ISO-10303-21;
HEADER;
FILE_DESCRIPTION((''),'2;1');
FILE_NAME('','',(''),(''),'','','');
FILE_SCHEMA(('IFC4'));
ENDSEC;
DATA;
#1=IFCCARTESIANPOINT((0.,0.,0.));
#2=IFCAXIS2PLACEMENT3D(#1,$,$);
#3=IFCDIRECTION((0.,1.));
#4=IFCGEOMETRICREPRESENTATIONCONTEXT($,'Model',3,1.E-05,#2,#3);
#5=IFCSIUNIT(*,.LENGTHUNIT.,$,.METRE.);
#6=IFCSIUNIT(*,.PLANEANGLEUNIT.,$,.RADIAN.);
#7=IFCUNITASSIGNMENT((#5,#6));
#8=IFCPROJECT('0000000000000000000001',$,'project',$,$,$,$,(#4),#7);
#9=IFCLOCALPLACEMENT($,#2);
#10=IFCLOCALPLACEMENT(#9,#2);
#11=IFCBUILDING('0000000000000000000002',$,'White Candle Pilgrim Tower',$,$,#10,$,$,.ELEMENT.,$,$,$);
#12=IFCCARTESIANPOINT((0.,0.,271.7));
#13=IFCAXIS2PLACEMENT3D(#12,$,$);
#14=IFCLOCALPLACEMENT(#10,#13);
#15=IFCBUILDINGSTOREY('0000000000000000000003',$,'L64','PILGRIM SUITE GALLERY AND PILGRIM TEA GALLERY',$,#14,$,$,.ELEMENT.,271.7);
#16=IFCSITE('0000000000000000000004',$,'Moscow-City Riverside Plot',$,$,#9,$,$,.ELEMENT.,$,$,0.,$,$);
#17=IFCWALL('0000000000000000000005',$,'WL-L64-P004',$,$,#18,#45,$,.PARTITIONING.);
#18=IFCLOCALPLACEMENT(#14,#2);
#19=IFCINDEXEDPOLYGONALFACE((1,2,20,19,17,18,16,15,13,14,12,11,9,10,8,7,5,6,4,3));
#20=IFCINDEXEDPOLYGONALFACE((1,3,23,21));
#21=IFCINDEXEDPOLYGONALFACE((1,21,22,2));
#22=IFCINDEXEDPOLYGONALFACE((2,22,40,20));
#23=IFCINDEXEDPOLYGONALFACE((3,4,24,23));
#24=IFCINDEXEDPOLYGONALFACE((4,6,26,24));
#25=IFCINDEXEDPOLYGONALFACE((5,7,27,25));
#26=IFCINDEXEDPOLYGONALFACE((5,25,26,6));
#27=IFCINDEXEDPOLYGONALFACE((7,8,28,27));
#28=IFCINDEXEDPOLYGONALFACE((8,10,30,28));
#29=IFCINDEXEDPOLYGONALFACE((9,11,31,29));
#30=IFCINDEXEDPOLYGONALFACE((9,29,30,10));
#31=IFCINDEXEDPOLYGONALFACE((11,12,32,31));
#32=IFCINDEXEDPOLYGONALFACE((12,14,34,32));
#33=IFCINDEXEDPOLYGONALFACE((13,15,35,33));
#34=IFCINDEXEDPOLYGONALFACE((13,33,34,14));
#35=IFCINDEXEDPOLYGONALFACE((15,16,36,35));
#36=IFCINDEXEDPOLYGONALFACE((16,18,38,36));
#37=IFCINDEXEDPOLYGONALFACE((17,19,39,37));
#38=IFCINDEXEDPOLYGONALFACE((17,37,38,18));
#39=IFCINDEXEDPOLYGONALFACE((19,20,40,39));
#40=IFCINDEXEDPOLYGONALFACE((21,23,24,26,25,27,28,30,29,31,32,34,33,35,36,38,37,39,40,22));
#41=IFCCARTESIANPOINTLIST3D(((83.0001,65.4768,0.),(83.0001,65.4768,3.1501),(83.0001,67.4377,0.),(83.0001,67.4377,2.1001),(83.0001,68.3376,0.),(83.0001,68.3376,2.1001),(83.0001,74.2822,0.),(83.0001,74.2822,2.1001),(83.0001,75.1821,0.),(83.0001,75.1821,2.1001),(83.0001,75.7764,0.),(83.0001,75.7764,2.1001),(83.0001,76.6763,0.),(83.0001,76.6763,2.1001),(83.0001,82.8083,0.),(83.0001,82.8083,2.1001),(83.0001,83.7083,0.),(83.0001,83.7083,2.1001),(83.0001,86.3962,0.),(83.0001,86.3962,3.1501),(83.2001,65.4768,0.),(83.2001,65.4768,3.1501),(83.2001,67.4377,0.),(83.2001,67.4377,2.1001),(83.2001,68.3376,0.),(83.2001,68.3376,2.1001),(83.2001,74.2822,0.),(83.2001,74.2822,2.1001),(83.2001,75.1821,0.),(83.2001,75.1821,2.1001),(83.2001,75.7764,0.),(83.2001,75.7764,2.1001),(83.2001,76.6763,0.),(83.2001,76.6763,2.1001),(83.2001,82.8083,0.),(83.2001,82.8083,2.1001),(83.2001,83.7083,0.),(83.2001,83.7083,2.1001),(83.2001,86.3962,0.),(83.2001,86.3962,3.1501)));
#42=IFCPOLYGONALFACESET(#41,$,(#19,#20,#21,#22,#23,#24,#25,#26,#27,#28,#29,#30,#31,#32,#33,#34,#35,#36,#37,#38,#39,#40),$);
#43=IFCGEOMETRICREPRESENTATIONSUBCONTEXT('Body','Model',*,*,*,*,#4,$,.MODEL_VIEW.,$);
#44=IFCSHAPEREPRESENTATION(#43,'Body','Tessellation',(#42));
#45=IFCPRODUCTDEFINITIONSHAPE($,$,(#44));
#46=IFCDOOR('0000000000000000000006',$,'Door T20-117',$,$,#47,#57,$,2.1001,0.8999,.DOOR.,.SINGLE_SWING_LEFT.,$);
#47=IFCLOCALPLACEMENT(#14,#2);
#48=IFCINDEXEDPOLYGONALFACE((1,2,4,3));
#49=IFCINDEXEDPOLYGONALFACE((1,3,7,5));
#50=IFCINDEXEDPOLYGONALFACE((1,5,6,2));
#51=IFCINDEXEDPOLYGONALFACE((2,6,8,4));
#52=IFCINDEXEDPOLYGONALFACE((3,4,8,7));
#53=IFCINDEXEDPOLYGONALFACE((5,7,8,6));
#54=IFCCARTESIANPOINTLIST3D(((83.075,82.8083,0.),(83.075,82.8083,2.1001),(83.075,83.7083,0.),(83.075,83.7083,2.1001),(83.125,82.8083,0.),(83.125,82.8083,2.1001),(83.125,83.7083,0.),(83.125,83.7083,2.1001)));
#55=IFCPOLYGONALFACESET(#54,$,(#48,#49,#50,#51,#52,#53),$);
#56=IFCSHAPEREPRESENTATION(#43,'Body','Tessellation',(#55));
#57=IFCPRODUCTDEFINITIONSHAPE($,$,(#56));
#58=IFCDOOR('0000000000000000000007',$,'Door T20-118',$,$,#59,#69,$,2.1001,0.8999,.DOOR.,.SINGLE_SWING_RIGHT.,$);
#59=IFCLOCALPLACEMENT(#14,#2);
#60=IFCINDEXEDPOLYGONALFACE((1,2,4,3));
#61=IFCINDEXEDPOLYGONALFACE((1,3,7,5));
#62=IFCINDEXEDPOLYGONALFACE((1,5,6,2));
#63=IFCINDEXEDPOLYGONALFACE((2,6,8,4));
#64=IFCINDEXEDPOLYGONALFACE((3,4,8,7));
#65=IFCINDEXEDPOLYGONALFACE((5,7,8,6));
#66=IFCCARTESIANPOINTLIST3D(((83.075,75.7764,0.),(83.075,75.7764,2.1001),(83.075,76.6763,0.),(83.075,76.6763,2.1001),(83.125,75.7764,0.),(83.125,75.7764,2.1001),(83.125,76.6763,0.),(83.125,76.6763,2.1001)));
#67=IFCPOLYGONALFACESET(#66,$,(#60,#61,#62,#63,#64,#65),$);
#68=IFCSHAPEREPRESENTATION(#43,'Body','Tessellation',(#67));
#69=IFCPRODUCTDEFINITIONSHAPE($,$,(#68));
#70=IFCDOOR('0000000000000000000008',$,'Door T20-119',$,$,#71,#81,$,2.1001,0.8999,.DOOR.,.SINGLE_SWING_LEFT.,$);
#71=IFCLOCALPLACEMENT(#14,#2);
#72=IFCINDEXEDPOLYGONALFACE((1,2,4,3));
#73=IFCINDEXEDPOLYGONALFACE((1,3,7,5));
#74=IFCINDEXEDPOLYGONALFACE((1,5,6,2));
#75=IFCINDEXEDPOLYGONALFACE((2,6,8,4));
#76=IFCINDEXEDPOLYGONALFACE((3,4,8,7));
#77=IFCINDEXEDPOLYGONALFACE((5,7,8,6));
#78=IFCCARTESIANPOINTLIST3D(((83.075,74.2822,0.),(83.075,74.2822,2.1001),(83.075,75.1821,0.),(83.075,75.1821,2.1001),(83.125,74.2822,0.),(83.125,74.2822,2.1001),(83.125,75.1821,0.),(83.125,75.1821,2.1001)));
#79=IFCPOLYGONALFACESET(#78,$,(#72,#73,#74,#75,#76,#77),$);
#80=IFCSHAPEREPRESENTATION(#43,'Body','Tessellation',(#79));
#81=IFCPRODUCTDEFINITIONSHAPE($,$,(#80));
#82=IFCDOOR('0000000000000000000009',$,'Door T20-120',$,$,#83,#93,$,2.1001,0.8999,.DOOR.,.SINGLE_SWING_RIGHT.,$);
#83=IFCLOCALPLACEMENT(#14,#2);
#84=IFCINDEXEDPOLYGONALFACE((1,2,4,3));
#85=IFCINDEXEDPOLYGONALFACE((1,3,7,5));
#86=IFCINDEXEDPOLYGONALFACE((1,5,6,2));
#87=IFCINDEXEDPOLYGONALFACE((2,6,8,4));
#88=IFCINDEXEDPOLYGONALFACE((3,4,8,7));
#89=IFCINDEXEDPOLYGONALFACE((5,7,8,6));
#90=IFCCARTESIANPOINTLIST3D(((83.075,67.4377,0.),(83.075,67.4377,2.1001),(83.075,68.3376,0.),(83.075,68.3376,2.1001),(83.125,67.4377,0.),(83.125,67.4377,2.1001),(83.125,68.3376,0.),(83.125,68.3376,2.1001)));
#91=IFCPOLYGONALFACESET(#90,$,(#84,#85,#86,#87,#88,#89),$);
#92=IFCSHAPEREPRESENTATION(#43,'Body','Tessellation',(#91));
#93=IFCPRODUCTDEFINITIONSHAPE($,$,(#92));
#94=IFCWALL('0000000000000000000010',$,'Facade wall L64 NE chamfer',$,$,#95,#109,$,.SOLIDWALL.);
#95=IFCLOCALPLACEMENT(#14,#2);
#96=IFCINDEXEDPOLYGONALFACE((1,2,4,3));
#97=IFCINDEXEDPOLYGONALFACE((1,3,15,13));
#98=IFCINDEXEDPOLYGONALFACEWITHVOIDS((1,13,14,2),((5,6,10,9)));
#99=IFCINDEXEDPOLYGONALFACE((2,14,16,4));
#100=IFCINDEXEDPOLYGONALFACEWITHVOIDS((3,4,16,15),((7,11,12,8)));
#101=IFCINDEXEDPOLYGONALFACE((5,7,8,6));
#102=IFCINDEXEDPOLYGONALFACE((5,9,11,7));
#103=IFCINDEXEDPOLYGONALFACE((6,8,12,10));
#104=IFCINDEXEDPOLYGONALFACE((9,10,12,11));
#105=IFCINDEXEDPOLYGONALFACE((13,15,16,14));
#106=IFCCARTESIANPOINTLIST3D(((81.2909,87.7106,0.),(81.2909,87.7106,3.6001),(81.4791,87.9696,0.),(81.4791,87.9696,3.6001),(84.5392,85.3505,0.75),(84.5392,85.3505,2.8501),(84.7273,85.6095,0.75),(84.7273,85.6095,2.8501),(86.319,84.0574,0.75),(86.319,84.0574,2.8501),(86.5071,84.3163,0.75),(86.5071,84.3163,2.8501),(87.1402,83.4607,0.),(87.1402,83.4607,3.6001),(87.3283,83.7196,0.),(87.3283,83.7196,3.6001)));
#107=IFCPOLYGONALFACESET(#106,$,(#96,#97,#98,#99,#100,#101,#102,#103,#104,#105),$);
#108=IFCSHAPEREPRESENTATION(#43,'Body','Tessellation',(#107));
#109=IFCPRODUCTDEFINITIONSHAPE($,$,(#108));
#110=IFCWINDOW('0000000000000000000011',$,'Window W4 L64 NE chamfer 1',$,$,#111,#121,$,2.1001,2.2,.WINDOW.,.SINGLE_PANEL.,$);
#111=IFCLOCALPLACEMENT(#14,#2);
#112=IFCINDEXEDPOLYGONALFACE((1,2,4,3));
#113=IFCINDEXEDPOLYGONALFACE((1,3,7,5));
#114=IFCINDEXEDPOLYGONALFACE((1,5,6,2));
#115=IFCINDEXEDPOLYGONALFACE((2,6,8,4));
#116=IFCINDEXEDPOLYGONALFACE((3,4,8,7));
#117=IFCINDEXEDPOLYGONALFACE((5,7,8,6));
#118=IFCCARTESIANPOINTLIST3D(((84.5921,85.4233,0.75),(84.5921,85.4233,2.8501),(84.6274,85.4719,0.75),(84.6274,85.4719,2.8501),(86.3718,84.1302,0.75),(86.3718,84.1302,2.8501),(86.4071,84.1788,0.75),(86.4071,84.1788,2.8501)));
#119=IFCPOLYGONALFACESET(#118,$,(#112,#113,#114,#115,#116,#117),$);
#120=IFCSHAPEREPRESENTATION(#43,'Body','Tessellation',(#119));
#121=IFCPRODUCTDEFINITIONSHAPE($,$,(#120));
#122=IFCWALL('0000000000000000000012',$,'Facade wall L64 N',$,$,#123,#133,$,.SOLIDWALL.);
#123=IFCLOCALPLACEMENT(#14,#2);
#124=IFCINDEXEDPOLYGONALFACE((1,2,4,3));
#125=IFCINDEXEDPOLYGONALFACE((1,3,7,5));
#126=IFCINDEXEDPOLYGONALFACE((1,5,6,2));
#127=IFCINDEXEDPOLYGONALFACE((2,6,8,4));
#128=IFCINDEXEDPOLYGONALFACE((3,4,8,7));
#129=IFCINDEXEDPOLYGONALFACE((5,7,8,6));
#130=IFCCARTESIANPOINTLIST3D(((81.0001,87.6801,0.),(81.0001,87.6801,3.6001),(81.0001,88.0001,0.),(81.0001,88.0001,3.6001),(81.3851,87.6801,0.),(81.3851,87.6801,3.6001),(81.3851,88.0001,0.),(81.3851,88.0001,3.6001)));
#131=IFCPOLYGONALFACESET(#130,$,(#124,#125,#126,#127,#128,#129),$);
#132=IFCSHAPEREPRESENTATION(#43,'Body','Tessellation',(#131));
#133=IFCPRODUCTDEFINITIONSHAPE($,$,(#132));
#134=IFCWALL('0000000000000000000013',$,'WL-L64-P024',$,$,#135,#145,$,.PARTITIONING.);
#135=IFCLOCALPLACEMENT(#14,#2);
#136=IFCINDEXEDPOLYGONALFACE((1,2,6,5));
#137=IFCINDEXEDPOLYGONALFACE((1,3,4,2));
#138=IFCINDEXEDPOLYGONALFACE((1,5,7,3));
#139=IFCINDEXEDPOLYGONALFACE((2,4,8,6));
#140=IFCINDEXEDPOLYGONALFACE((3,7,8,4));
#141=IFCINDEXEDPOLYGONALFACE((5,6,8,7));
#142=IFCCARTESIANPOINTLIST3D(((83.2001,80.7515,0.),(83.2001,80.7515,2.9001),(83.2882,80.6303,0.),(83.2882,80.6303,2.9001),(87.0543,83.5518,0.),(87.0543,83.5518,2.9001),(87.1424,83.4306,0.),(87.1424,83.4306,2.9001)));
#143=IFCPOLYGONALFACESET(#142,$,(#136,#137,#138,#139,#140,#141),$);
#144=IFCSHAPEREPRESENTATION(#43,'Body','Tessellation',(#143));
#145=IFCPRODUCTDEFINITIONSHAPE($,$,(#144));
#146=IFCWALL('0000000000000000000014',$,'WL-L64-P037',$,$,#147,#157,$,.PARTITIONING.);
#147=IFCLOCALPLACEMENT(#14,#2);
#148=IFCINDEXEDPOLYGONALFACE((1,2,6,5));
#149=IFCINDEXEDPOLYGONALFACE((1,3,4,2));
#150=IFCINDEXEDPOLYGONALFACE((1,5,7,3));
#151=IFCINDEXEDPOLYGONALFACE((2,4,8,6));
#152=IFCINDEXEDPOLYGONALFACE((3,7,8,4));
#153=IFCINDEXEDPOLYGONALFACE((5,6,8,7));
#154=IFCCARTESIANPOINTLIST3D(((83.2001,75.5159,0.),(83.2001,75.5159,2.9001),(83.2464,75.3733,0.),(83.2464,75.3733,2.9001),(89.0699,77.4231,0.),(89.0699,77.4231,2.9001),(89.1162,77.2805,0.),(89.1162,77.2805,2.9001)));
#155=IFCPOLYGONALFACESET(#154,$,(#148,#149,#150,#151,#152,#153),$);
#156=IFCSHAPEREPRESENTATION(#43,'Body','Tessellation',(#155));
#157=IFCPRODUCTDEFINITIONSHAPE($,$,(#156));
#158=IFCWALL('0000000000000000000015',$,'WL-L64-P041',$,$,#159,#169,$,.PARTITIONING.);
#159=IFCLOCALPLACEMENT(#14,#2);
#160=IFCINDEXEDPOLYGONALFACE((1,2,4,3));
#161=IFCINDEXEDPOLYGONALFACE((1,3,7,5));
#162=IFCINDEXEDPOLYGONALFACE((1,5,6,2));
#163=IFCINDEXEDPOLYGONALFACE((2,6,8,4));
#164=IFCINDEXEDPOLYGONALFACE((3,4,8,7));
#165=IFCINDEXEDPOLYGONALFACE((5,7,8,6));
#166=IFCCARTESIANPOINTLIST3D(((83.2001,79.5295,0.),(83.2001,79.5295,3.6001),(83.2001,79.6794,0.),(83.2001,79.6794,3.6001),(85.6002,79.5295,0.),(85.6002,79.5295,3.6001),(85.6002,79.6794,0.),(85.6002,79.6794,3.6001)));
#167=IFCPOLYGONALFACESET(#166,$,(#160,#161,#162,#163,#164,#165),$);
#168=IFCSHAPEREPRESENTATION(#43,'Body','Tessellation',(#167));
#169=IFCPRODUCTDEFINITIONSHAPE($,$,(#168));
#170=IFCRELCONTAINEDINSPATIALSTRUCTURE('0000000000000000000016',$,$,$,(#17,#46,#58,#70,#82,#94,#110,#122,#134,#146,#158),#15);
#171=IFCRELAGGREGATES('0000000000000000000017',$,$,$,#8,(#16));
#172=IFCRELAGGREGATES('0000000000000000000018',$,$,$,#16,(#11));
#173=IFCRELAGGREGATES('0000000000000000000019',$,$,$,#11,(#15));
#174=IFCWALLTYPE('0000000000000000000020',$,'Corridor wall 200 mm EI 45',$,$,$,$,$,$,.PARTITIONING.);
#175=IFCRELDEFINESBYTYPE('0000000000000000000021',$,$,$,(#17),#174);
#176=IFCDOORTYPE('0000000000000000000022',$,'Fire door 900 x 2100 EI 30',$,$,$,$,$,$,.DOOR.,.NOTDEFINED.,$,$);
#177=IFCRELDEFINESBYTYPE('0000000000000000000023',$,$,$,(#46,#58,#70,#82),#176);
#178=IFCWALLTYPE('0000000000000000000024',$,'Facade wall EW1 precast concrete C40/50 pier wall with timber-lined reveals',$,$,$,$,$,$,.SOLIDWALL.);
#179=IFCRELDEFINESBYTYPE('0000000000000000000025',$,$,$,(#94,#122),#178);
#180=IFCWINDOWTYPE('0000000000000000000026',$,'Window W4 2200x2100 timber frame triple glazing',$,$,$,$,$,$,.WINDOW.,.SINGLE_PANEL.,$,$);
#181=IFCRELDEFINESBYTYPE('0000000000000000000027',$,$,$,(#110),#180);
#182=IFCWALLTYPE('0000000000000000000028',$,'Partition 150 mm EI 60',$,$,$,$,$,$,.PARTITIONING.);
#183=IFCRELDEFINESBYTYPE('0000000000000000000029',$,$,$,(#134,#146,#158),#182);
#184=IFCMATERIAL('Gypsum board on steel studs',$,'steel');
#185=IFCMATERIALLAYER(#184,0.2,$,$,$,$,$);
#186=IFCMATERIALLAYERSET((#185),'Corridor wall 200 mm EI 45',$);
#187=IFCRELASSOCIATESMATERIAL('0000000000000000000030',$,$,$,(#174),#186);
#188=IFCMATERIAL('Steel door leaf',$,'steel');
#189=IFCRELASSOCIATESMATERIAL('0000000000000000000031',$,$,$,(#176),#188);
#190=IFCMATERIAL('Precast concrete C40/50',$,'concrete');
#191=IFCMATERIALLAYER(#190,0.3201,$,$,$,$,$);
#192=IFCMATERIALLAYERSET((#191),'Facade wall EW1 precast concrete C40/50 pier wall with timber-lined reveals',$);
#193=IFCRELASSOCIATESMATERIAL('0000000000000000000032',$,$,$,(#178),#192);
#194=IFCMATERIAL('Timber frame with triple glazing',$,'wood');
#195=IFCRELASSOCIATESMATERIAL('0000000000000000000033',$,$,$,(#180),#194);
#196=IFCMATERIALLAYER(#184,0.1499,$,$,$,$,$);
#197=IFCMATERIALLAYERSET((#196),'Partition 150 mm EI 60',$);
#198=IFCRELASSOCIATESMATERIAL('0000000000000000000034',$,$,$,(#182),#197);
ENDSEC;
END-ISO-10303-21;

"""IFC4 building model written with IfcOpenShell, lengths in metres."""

from ifc_helpers import new_model, si_unit, direction, frame, frame_2d, origin, place, context, subcontext, project, spatial, rectangle, extrude, material, layer, layer_set, type_object, element, fill, save


model = new_model("IFC4")

# Units and contexts
model_context = context("Model", 3, precision=1e-05, world=origin(), true_north=direction((0.0, 1.0)))
body_context = subcontext(model_context, "Body", "Model", "MODEL_VIEW")
ifc_project = project(units=[si_unit("LENGTHUNIT", "METRE"), si_unit("PLANEANGLEUNIT", "RADIAN")], contexts=[model_context])

# Site, building, storey
site_placement = place(None, origin())
site = spatial("IfcSite", under=ifc_project, at=site_placement, Name="Moscow-City Riverside Plot", CompositionType="ELEMENT", RefElevation=0.0)
building_placement = place(site_placement, origin())
building = spatial("IfcBuilding", under=site, at=building_placement, Name="White Candle Pilgrim Tower", CompositionType="ELEMENT")
storey_placement = place(building_placement, frame((0.0, 0.0, 271.7)))
storey = spatial("IfcBuildingStorey", under=building, at=storey_placement, Name="L64", Description="PILGRIM SUITE GALLERY AND PILGRIM TEA GALLERY", CompositionType="ELEMENT", Elevation=271.7)

# Shared definitions
ifc_material_1 = material(Name="Steel door leaf", Category="steel")

# Wall, openings, doors
ifc_material_2 = material(Name="Gypsum board on steel studs", Category="steel")
ifc_layer_1 = layer(ifc_material_2, 0.2)
ifc_layer_set_1 = layer_set([ifc_layer_1], Name="Corridor wall 200 mm EI 45")
wall_type_1 = type_object("IfcWallType", Name="Corridor wall 200 mm EI 45", PredefinedType="PARTITIONING", material=ifc_layer_set_1)
wall_1_placement = place(storey_placement, frame((83.1001, 86.3962, 0.0), z_axis=(0.0, 0.0, 1.0), x_axis=(0.0, -1.0, 0.0)))
wall_1 = element("IfcWall", 1, at=wall_1_placement, inside=storey, type_object=wall_type_1, Name="WL-L64-P004", PredefinedType="PARTITIONING", context=body_context, shape_type="SweptSolid", body=[
    extrude(rectangle(XDim=20.9194, YDim=0.2, at=frame_2d((10.4597, 0.0))), origin(), (0.0, 0.0, 1.0), 3.1501),
])
opening_1_placement = place(wall_1_placement, frame((2.688, 0.0, 0.0)))
opening_1 = element("IfcOpeningElement", 2, at=opening_1_placement, cuts=wall_1, PredefinedType="OPENING", context=body_context, shape_type="SweptSolid", body=[
    extrude(rectangle(XDim=0.8999, YDim=2.1001, at=frame_2d((0.45, 1.05))), frame((0.0, 0.1099, 0.0), z_axis=(0.0, -1.0, 0.0), x_axis=(1.0, 0.0, 0.0)), (0.0, 0.0, 1.0), 0.22),
])
opening_2_placement = place(wall_1_placement, frame((9.72, 0.0, 0.0)))
opening_2 = element("IfcOpeningElement", 3, at=opening_2_placement, cuts=wall_1, PredefinedType="OPENING", context=body_context, shape_type="SweptSolid", body=[
    extrude(rectangle(XDim=0.8999, YDim=2.1001, at=frame_2d((0.45, 1.05))), frame((0.0, 0.1099, 0.0), z_axis=(0.0, -1.0, 0.0), x_axis=(1.0, 0.0, 0.0)), (0.0, 0.0, 1.0), 0.22),
])
opening_3_placement = place(wall_1_placement, frame((11.2141, 0.0, 0.0)))
opening_3 = element("IfcOpeningElement", 4, at=opening_3_placement, cuts=wall_1, PredefinedType="OPENING", context=body_context, shape_type="SweptSolid", body=[
    extrude(rectangle(XDim=0.8999, YDim=2.1001, at=frame_2d((0.45, 1.05))), frame((0.0, 0.1099, 0.0), z_axis=(0.0, -1.0, 0.0), x_axis=(1.0, 0.0, 0.0)), (0.0, 0.0, 1.0), 0.22),
])
opening_4_placement = place(wall_1_placement, frame((18.0586, 0.0, 0.0)))
opening_4 = element("IfcOpeningElement", 5, at=opening_4_placement, cuts=wall_1, PredefinedType="OPENING", context=body_context, shape_type="SweptSolid", body=[
    extrude(rectangle(XDim=0.8999, YDim=2.1001, at=frame_2d((0.45, 1.05))), frame((0.0, 0.1099, 0.0), z_axis=(0.0, -1.0, 0.0), x_axis=(1.0, 0.0, 0.0)), (0.0, 0.0, 1.0), 0.22),
])
door_type_1 = type_object("IfcDoorType", Name="Fire door 900 x 2100 EI 30", OperationType="NOTDEFINED", PredefinedType="DOOR", material=ifc_material_1)
door_1_placement = place(opening_1_placement, origin())
door_1 = element("IfcDoor", 6, at=door_1_placement, inside=storey, type_object=door_type_1, Name="Door T20-117", OperationType="SINGLE_SWING_LEFT", OverallHeight=2.1001, OverallWidth=0.8999, PredefinedType="DOOR", context=body_context, shape_type="SweptSolid", body=[
    extrude(rectangle(XDim=0.8999, YDim=2.1001, at=frame_2d((0.45, 1.05))), frame((0.0, 0.0249, 0.0), z_axis=(0.0, -1.0, 0.0), x_axis=(1.0, 0.0, 0.0)), (0.0, 0.0, 1.0), 0.05),
])
fill(opening_1, door_1)
door_2_placement = place(opening_2_placement, origin())
door_2 = element("IfcDoor", 7, at=door_2_placement, inside=storey, type_object=door_type_1, Name="Door T20-118", OperationType="SINGLE_SWING_RIGHT", OverallHeight=2.1001, OverallWidth=0.8999, PredefinedType="DOOR", context=body_context, shape_type="SweptSolid", body=[
    extrude(rectangle(XDim=0.8999, YDim=2.1001, at=frame_2d((0.45, 1.05))), frame((0.0, 0.0249, 0.0), z_axis=(0.0, -1.0, 0.0), x_axis=(1.0, 0.0, 0.0)), (0.0, 0.0, 1.0), 0.05),
])
fill(opening_2, door_2)
door_3_placement = place(opening_3_placement, origin())
door_3 = element("IfcDoor", 8, at=door_3_placement, inside=storey, type_object=door_type_1, Name="Door T20-119", OperationType="SINGLE_SWING_LEFT", OverallHeight=2.1001, OverallWidth=0.8999, PredefinedType="DOOR", context=body_context, shape_type="SweptSolid", body=[
    extrude(rectangle(XDim=0.8999, YDim=2.1001, at=frame_2d((0.45, 1.05))), frame((0.0, 0.0249, 0.0), z_axis=(0.0, -1.0, 0.0), x_axis=(1.0, 0.0, 0.0)), (0.0, 0.0, 1.0), 0.05),
])
fill(opening_3, door_3)
door_4_placement = place(opening_4_placement, origin())
door_4 = element("IfcDoor", 9, at=door_4_placement, inside=storey, type_object=door_type_1, Name="Door T20-120", OperationType="SINGLE_SWING_RIGHT", OverallHeight=2.1001, OverallWidth=0.8999, PredefinedType="DOOR", context=body_context, shape_type="SweptSolid", body=[
    extrude(rectangle(XDim=0.8999, YDim=2.1001, at=frame_2d((0.45, 1.05))), frame((0.0, 0.0249, 0.0), z_axis=(0.0, -1.0, 0.0), x_axis=(1.0, 0.0, 0.0)), (0.0, 0.0, 1.0), 0.05),
])
fill(opening_4, door_4)

# Wall, opening, window
ifc_material_3 = material(Name="Precast concrete C40/50", Category="concrete")
ifc_layer_2 = layer(ifc_material_3, 0.3201)
ifc_layer_set_2 = layer_set([ifc_layer_2], Name="Facade wall EW1 precast concrete C40/50 pier wall with timber-lined reveals")
wall_type_2 = type_object("IfcWallType", Name="Facade wall EW1 precast concrete C40/50 pier wall with timber-lined reveals", PredefinedType="SOLIDWALL", material=ifc_layer_set_2)
wall_2_placement = place(storey_placement, frame((87.2344, 83.5901, 0.0), z_axis=(0.0, 0.0, 1.0), x_axis=(-0.809005, 0.587802, 0.0)))
wall_2 = element("IfcWall", 10, at=wall_2_placement, inside=storey, type_object=wall_type_2, Name="Facade wall L64 NE chamfer", PredefinedType="SOLIDWALL", context=body_context, shape_type="SweptSolid", body=[
    extrude(rectangle(XDim=7.2302, YDim=0.3201, at=frame_2d((3.6152, 0.0))), origin(), (0.0, 0.0, 1.0), 3.6001),
])
opening_5_placement = place(wall_2_placement, frame((1.0151, 0.0, 0.75)))
opening_5 = element("IfcOpeningElement", 11, at=opening_5_placement, cuts=wall_2, PredefinedType="OPENING", context=body_context, shape_type="SweptSolid", body=[
    extrude(rectangle(XDim=2.2, YDim=2.1001, at=frame_2d((1.1001, 1.05))), frame((0.0, 0.1699, 0.0), z_axis=(0.0, -1.0, 0.0), x_axis=(1.0, 0.0, 0.0)), (0.0, 0.0, 1.0), 0.3401),
])
ifc_material_4 = material(Name="Timber frame with triple glazing", Category="wood")
window_type = type_object("IfcWindowType", Name="Window W4 2200x2100 timber frame triple glazing", PartitioningType="SINGLE_PANEL", PredefinedType="WINDOW", material=ifc_material_4)
window_placement = place(opening_5_placement, origin())
window = element("IfcWindow", 12, at=window_placement, inside=storey, type_object=window_type, Name="Window W4 L64 NE chamfer 1", OverallHeight=2.1001, OverallWidth=2.2, PartitioningType="SINGLE_PANEL", PredefinedType="WINDOW", context=body_context, shape_type="SweptSolid", body=[
    extrude(rectangle(XDim=2.2, YDim=2.1001, at=frame_2d((1.1001, 1.05))), frame((0.0, 0.0701, 0.0), z_axis=(0.0, -1.0, 0.0), x_axis=(1.0, 0.0, 0.0)), (0.0, 0.0, 1.0), 0.0601),
])
fill(opening_5, window)

# Walls
wall_3_placement = place(storey_placement, frame((81.385, 87.8401, 0.0), z_axis=(0.0, 0.0, 1.0), x_axis=(-1.0, 0.0, 0.0)))
element("IfcWall", 13, at=wall_3_placement, inside=storey, type_object=wall_type_2, Name="Facade wall L64 N", PredefinedType="SOLIDWALL", context=body_context, shape_type="SweptSolid", body=[
    extrude(rectangle(XDim=0.385, YDim=0.3201, at=frame_2d((0.1924, 0.0))), origin(), (0.0, 0.0, 1.0), 3.6001),
])
ifc_layer_3 = layer(ifc_material_2, 0.1499)
ifc_layer_set_3 = layer_set([ifc_layer_3], Name="Partition 150 mm EI 60")
wall_type_3 = type_object("IfcWallType", Name="Partition 150 mm EI 60", PredefinedType="PARTITIONING", material=ifc_layer_set_3)
wall_4_placement = place(storey_placement, frame((87.0984, 83.4912, 0.0), z_axis=(0.0, 0.0, 1.0), x_axis=(-0.809015, -0.587788, 0.0)))
element("IfcWall", 14, at=wall_4_placement, inside=storey, type_object=wall_type_3, Name="WL-L64-P024", PredefinedType="PARTITIONING", context=body_context, shape_type="SweptSolid", body=[
    extrude(rectangle(XDim=4.7642, YDim=0.1499, at=frame_2d((2.3821, 0.0))), origin(), (0.0, 0.0, 1.0), 2.9001),
])
wall_5_placement = place(storey_placement, frame((89.093, 77.3518, 0.0), z_axis=(0.0, 0.0, 1.0), x_axis=(-0.951057, -0.309015, 0.0)))
element("IfcWall", 15, at=wall_5_placement, inside=storey, type_object=wall_type_3, Name="WL-L64-P037", PredefinedType="PARTITIONING", context=body_context, shape_type="SweptSolid", body=[
    extrude(rectangle(XDim=6.1719, YDim=0.1499, at=frame_2d((3.0859, 0.0))), origin(), (0.0, 0.0, 1.0), 2.9001),
])
wall_6_placement = place(storey_placement, frame((83.2, 79.6045, 0.0), z_axis=(0.0, 0.0, 1.0), x_axis=(1.0, 0.0, 0.0)))
element("IfcWall", 16, at=wall_6_placement, inside=storey, type_object=wall_type_3, Name="WL-L64-P041", PredefinedType="PARTITIONING", context=body_context, shape_type="SweptSolid", body=[
    extrude(rectangle(XDim=2.4001, YDim=0.1499, at=frame_2d((1.2002, 0.0))), origin(), (0.0, 0.0, 1.0), 3.6001),
])

save(model, "model.ifc")
